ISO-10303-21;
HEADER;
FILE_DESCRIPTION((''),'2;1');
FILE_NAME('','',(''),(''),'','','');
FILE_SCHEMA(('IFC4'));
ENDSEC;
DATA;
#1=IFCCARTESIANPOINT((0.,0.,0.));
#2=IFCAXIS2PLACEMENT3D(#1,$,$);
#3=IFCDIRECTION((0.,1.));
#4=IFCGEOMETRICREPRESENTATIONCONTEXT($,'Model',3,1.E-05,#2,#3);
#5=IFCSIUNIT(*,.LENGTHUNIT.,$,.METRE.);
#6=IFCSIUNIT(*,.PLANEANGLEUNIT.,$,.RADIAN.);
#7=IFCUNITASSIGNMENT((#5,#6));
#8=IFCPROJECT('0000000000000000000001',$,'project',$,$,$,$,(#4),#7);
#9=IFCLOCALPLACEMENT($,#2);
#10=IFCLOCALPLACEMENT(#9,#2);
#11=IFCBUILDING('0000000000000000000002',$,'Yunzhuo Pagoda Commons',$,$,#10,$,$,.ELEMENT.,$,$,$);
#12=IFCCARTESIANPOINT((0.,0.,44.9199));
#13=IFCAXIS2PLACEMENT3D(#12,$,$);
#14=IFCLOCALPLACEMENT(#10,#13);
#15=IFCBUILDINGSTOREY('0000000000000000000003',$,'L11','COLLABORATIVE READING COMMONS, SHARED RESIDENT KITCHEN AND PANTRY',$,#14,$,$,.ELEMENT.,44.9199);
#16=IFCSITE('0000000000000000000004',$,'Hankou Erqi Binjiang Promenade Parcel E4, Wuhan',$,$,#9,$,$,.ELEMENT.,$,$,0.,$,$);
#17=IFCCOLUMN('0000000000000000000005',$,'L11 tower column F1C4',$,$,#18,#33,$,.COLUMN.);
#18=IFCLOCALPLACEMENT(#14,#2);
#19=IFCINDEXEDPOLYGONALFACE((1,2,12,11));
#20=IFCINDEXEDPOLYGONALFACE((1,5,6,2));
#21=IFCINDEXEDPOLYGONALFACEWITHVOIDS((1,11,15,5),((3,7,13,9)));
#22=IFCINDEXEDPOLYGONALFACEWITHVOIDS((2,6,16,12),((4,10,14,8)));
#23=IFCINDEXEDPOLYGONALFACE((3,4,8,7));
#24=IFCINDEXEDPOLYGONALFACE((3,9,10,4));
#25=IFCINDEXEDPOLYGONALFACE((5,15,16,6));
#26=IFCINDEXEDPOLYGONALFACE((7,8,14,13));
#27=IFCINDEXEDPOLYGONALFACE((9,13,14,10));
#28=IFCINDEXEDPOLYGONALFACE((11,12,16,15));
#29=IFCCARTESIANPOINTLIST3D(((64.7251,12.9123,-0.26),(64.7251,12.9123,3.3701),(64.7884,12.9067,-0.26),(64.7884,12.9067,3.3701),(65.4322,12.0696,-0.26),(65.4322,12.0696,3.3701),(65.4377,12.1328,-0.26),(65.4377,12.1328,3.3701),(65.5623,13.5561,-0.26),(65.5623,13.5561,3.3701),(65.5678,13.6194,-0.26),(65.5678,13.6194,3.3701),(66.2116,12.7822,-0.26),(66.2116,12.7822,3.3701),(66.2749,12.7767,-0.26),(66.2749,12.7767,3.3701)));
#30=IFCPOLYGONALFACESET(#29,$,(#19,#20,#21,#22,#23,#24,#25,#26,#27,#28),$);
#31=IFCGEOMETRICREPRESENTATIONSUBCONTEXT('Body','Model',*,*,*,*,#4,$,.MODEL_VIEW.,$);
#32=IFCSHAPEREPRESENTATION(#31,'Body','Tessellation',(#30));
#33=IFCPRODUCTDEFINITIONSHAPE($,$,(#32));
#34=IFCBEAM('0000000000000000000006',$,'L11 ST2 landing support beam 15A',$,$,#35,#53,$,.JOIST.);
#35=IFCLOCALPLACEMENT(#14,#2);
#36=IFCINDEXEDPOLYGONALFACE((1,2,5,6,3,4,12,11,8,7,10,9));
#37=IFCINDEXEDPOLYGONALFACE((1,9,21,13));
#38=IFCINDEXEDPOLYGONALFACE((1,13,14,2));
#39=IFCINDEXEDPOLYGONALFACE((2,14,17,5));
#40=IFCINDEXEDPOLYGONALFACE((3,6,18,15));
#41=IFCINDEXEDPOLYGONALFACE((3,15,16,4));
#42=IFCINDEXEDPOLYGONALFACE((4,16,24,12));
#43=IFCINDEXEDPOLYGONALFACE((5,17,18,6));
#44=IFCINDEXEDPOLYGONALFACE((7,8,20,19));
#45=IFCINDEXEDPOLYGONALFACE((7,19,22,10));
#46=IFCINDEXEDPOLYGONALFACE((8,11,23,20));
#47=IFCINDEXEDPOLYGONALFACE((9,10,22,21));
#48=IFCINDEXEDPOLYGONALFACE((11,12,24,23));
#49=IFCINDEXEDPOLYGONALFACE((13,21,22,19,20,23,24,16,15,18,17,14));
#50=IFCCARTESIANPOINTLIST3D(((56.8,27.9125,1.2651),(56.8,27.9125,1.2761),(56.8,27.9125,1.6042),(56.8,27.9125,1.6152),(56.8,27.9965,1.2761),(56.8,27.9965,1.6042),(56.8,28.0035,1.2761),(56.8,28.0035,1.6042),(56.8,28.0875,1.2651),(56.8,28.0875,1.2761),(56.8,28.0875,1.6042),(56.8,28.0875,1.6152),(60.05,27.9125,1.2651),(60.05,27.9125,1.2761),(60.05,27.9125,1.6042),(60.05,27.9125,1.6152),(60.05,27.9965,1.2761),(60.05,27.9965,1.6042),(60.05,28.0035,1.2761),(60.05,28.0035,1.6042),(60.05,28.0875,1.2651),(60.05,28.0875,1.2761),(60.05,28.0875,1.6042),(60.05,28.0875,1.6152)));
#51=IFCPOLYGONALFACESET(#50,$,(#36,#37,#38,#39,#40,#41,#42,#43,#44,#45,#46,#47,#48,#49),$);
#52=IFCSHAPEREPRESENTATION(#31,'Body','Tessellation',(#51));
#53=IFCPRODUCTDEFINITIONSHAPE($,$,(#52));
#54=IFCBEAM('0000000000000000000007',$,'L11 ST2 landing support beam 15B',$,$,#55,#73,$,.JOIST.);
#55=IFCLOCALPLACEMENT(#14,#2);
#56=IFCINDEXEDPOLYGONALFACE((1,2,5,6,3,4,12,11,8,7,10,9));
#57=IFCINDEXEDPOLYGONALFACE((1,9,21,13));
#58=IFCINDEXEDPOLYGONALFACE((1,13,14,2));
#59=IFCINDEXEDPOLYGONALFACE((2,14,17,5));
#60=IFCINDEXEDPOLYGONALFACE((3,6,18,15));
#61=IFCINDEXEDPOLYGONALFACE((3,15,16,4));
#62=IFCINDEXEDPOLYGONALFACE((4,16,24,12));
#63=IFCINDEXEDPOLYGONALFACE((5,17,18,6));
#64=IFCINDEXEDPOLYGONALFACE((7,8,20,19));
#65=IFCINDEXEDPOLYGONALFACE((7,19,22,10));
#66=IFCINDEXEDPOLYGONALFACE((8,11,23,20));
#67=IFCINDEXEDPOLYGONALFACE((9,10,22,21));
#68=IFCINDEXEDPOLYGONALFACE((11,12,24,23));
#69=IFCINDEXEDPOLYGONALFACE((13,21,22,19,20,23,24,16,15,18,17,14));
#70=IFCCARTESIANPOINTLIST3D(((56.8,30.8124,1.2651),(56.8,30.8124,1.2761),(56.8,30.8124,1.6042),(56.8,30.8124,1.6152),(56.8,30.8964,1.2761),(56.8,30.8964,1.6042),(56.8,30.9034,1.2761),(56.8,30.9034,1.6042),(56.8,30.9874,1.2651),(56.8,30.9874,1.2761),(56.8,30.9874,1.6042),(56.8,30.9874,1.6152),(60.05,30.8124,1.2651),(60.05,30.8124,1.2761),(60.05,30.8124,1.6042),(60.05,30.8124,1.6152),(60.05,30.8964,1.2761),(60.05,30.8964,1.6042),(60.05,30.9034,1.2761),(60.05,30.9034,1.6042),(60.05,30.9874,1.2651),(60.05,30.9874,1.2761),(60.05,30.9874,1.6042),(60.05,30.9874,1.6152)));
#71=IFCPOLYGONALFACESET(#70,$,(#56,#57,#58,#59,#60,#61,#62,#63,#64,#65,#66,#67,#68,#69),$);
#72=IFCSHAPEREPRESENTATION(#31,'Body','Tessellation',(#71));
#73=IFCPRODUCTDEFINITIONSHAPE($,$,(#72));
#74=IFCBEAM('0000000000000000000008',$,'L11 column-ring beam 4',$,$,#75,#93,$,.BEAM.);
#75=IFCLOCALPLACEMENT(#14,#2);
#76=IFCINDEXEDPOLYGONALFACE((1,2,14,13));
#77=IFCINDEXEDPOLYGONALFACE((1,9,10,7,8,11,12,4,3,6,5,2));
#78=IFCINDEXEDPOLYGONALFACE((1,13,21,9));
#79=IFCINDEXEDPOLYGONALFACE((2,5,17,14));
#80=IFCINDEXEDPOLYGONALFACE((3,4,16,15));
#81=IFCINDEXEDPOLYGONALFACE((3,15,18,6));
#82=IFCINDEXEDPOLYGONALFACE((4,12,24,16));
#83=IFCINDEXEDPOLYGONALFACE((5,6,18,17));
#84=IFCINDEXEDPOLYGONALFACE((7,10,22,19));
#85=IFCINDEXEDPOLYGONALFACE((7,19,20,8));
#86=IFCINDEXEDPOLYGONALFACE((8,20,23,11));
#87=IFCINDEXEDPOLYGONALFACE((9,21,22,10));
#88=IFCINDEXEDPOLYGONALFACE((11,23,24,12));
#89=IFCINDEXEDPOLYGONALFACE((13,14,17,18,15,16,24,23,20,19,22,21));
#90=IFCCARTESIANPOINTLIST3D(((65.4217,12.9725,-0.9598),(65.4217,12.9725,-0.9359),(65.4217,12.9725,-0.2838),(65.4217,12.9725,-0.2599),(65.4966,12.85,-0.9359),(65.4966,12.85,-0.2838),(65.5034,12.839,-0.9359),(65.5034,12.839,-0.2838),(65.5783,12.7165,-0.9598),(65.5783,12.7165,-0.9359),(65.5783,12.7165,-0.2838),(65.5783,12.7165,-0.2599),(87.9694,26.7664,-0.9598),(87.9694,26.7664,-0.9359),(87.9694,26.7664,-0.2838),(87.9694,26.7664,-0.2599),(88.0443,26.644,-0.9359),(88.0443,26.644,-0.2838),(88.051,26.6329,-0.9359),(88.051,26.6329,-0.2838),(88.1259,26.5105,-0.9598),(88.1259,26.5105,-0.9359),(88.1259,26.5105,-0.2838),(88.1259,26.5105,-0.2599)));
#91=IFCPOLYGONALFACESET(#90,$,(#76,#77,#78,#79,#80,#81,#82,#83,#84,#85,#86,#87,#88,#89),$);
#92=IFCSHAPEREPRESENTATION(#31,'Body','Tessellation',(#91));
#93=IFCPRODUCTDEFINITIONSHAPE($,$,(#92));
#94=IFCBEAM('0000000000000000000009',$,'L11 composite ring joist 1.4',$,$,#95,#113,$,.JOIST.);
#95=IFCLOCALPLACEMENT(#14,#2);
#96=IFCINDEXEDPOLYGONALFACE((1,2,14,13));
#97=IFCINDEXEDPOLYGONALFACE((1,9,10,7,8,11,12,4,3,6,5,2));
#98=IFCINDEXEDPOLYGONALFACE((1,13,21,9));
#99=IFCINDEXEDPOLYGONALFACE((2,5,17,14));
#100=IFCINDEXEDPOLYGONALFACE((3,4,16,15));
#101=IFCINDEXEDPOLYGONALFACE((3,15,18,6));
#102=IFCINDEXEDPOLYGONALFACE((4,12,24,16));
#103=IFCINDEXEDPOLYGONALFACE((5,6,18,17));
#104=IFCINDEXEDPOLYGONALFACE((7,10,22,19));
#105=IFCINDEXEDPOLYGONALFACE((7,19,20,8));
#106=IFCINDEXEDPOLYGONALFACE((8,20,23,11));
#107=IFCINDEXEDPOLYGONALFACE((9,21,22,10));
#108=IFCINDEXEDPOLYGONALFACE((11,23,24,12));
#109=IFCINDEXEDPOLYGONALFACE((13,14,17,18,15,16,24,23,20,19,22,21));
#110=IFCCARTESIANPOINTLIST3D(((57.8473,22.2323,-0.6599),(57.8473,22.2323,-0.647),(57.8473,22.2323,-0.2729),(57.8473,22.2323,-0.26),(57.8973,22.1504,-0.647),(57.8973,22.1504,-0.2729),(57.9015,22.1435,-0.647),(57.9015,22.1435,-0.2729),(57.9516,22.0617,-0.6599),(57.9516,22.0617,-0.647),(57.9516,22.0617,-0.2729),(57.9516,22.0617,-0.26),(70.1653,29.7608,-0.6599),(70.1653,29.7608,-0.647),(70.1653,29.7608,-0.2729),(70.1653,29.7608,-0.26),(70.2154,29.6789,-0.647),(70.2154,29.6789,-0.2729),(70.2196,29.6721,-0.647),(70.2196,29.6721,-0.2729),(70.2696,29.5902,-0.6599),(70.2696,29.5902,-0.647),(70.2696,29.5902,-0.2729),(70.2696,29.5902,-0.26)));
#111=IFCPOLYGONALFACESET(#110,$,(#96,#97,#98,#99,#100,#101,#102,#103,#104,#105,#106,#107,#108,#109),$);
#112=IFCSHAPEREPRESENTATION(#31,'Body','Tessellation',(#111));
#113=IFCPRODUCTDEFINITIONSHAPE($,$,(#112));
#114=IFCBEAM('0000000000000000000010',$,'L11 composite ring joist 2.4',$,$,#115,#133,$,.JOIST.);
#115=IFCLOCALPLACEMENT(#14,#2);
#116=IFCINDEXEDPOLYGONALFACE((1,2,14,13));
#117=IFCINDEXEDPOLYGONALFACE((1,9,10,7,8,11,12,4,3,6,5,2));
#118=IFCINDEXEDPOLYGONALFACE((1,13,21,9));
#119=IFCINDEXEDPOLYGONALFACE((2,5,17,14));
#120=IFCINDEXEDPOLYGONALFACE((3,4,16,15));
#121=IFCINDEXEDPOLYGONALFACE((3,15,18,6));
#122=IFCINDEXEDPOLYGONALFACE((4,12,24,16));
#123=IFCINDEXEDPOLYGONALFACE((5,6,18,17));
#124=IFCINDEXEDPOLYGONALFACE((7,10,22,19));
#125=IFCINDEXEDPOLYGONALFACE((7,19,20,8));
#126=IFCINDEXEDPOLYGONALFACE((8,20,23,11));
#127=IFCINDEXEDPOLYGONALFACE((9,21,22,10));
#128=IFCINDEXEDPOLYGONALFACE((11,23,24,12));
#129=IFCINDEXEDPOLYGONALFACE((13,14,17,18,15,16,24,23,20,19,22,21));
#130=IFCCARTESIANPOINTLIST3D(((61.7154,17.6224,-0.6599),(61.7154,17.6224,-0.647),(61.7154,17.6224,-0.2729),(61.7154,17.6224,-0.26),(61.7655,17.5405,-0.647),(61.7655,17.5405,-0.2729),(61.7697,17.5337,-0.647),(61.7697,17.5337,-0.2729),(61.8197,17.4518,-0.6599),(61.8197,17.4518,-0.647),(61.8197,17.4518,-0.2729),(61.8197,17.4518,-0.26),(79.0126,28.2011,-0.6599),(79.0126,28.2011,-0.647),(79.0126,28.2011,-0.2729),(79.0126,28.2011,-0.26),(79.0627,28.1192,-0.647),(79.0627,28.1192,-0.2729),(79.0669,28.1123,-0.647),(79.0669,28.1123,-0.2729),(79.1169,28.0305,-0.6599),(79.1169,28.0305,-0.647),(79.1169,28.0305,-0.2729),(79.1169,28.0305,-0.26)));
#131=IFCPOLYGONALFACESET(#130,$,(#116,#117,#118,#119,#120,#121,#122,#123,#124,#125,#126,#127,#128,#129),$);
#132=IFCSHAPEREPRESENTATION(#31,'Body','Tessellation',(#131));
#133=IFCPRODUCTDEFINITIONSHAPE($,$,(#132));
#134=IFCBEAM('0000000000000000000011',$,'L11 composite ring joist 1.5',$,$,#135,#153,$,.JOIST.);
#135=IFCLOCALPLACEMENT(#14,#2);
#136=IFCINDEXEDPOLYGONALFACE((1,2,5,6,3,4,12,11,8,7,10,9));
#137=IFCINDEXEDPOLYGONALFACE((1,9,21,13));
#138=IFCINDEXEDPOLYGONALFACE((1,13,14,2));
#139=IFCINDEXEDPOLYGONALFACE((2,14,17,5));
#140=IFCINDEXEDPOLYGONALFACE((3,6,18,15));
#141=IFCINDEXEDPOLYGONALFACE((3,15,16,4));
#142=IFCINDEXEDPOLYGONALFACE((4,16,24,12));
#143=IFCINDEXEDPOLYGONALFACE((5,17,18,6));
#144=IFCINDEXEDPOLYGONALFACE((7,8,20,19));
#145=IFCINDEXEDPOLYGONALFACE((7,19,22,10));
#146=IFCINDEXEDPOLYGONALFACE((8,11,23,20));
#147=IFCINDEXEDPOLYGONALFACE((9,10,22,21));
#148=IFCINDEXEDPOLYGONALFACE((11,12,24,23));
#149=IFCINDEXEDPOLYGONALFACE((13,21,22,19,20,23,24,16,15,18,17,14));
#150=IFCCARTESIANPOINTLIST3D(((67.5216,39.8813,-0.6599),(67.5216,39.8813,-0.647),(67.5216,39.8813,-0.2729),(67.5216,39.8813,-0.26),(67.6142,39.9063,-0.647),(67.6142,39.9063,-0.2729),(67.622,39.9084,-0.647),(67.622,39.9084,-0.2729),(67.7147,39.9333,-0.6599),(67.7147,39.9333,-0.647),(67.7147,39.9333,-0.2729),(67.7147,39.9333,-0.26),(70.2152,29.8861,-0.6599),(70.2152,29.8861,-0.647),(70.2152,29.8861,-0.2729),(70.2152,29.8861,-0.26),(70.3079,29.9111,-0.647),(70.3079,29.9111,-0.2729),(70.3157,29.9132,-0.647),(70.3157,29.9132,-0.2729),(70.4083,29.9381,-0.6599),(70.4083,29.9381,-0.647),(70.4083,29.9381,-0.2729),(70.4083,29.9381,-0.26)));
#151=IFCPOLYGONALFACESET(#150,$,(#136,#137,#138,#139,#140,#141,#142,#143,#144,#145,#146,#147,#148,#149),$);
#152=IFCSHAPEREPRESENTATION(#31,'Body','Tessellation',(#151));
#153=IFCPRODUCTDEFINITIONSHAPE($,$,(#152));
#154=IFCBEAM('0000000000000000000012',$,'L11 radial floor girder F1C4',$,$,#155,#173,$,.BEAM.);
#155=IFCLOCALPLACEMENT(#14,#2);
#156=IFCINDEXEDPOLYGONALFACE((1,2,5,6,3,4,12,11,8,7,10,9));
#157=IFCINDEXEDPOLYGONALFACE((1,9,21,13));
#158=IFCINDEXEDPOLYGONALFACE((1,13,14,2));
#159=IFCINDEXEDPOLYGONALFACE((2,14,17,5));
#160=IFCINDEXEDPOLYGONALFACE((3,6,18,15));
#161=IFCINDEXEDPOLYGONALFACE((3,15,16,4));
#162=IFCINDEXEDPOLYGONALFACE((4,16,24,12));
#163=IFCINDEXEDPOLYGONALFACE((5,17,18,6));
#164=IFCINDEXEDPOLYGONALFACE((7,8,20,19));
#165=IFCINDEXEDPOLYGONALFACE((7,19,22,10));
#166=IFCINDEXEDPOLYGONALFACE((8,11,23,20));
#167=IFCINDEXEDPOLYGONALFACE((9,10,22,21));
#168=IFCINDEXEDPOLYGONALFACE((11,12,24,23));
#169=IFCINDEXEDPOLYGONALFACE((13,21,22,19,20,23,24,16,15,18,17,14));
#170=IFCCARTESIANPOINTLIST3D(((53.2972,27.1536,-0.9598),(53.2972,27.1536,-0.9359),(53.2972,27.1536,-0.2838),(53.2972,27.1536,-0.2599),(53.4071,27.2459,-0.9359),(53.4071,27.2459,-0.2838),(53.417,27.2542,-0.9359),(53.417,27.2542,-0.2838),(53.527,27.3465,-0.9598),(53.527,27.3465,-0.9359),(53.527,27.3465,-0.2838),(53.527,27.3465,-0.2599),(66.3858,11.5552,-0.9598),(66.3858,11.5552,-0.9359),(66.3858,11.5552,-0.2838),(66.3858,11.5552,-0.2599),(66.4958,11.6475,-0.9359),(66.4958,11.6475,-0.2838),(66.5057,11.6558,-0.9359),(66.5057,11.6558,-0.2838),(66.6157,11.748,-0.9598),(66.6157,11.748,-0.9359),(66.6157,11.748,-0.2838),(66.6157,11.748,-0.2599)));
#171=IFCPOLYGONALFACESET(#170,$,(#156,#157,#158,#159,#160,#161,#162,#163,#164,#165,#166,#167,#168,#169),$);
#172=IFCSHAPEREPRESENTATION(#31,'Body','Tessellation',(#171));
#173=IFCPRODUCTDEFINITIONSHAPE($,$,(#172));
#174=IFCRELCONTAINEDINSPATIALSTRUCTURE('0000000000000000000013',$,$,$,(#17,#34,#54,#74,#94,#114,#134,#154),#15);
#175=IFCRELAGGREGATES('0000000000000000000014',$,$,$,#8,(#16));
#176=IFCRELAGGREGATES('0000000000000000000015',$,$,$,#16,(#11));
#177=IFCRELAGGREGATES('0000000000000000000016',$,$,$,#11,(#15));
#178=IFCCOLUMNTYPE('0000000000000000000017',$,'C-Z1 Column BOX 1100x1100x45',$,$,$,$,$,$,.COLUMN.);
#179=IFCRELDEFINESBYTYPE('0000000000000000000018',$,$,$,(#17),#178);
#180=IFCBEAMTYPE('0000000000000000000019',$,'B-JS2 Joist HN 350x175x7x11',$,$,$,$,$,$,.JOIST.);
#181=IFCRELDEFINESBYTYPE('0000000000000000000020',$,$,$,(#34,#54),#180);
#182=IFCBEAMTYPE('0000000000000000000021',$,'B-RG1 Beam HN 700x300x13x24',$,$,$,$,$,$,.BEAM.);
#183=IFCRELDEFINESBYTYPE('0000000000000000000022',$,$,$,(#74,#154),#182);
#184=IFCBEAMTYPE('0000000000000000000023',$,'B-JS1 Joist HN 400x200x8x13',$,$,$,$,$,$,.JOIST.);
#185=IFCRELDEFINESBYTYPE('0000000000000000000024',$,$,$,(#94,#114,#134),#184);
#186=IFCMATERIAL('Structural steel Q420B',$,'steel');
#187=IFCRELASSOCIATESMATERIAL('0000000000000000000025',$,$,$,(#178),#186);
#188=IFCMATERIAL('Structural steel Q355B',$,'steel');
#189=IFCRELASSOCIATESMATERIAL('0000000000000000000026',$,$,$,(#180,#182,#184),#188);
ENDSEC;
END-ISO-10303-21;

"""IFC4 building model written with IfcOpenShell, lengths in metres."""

from ifc_helpers import new_model, si_unit, direction, frame, origin, origin_2d, place, context, subcontext, project, spatial, hollow_rectangle, i_section, extrude, source, transform, mapped, material, material_profile, profile_set, type_object, element, save


model = new_model("IFC4")

# Units and contexts
model_context = context("Model", 3, precision=1e-05, world=origin(), true_north=direction((0.0, 1.0)))
body_context = subcontext(model_context, "Body", "Model", "MODEL_VIEW")
ifc_project = project(units=[si_unit("LENGTHUNIT", "METRE"), si_unit("PLANEANGLEUNIT", "RADIAN")], contexts=[model_context])

# Site, building, storey
site_placement = place(None, origin())
site = spatial("IfcSite", under=ifc_project, at=site_placement, Name="Hankou Erqi Binjiang Promenade Parcel E4, Wuhan", CompositionType="ELEMENT", RefElevation=0.0)
building_placement = place(site_placement, origin())
building = spatial("IfcBuilding", under=site, at=building_placement, Name="Yunzhuo Pagoda Commons", CompositionType="ELEMENT")
storey_placement = place(building_placement, frame((0.0, 0.0, 44.9199)))
storey = spatial("IfcBuildingStorey", under=building, at=storey_placement, Name="L11", Description="COLLABORATIVE READING COMMONS, SHARED RESIDENT KITCHEN AND PANTRY", CompositionType="ELEMENT", Elevation=44.9199)

# Column
ifc_material_1 = material(Name="Structural steel Q420B", Category="steel")
ifc_material_profile_1 = material_profile(ifc_material_1, hollow_rectangle(XDim=1.1001, YDim=1.1001, WallThickness=0.0449, at=origin_2d()), Name="Structural steel Q420B")
ifc_profile_set_1 = profile_set([ifc_material_profile_1], Name="Structural steel Q420B")
column_type = type_object("IfcColumnType", Name="C-Z1 Column BOX 1100x1100x45", PredefinedType="COLUMN", material=ifc_profile_set_1)
shared_shape_1 = source(origin(), body_context, "Body", "SweptSolid", [
    extrude(hollow_rectangle(XDim=1.1001, YDim=1.1001, WallThickness=0.0449, at=origin_2d()), origin(), (0.0, 0.0, 1.0), 3.6301),
])
column_placement = place(storey_placement, frame((65.5, 12.8445, -0.26), z_axis=(0.0, 0.0, 1.0), x_axis=(0.766044, 0.642788, 0.0)))
element("IfcColumn", 1, at=column_placement, inside=storey, type_object=column_type, Name="L11 tower column F1C4", PredefinedType="COLUMN", context=body_context, shape_type="MappedRepresentation", body=[
    mapped(shared_shape_1, transform((0.0, 0.0, 0.0), scale=1.0)),
])

# Beams
ifc_material_2 = material(Name="Structural steel Q355B", Category="steel")
ifc_material_profile_2 = material_profile(ifc_material_2, i_section(OverallWidth=0.175, OverallDepth=0.3501, WebThickness=0.0071, FlangeThickness=0.011, at=origin_2d()), Name="Structural steel Q355B")
ifc_profile_set_2 = profile_set([ifc_material_profile_2], Name="Structural steel Q355B")
beam_type_1 = type_object("IfcBeamType", Name="B-JS2 Joist HN 350x175x7x11", PredefinedType="JOIST", material=ifc_profile_set_2)
shared_shape_2 = source(origin(), body_context, "Body", "SweptSolid", [
    extrude(i_section(OverallWidth=0.175, OverallDepth=0.3501, WebThickness=0.0071, FlangeThickness=0.011, at=origin_2d()), origin(), (0.0, 0.0, 1.0), 3.25),
])
for number, where, z_axis, x_axis, name in (
    (2, (56.8, 28.0, 1.4402), (1.0, 0.0, 0.0), (0.0, 1.0, 0.0), "L11 ST2 landing support beam 15A"),
    (3, (56.8, 30.8999, 1.4402), (1.0, 0.0, 0.0), (0.0, 1.0, 0.0), "L11 ST2 landing support beam 15B"),
):
    element("IfcBeam", number, at=place(storey_placement, frame(where, z_axis=z_axis, x_axis=x_axis)), inside=storey, type_object=beam_type_1, Name=name, PredefinedType="JOIST", context=body_context, shape_type="MappedRepresentation", body=[
        mapped(shared_shape_2, transform((0.0, 0.0, 0.0), scale=1.0)),
    ])
ifc_material_profile_3 = material_profile(ifc_material_2, i_section(OverallWidth=0.3, OverallDepth=0.7, WebThickness=0.0129, FlangeThickness=0.0239, at=origin_2d()), Name="Structural steel Q355B")
ifc_profile_set_3 = profile_set([ifc_material_profile_3], Name="Structural steel Q355B")
beam_type_2 = type_object("IfcBeamType", Name="B-RG1 Beam HN 700x300x13x24", PredefinedType="BEAM", material=ifc_profile_set_3)
shared_shape_3 = source(origin(), body_context, "Body", "SweptSolid", [
    extrude(i_section(OverallWidth=0.3, OverallDepth=0.7, WebThickness=0.0129, FlangeThickness=0.0239, at=origin_2d()), origin(), (0.0, 0.0, 1.0), 26.4324),
])
beam_1_placement = place(storey_placement, frame((65.5, 12.8445, -0.6099), z_axis=(0.853032, 0.521859, 0.0), x_axis=(-0.521859, 0.853032, 0.0)))
element("IfcBeam", 4, at=beam_1_placement, inside=storey, type_object=beam_type_2, Name="L11 column-ring beam 4", PredefinedType="BEAM", context=body_context, shape_type="MappedRepresentation", body=[
    mapped(shared_shape_3, transform((0.0, 0.0, 0.0), scale=1.0)),
])
ifc_material_profile_4 = material_profile(ifc_material_2, i_section(OverallWidth=0.2, OverallDepth=0.3999, WebThickness=0.0081, FlangeThickness=0.0129, at=origin_2d()), Name="Structural steel Q355B")
ifc_profile_set_4 = profile_set([ifc_material_profile_4], Name="Structural steel Q355B")
beam_type_3 = type_object("IfcBeamType", Name="B-JS1 Joist HN 400x200x8x13", PredefinedType="JOIST", material=ifc_profile_set_4)
shared_shape_4 = source(origin(), body_context, "Body", "SweptSolid", [
    extrude(i_section(OverallWidth=0.2, OverallDepth=0.3999, WebThickness=0.0081, FlangeThickness=0.0129, at=origin_2d()), origin(), (0.0, 0.0, 1.0), 14.4365),
])
beam_2_placement = place(storey_placement, frame((57.8994, 22.147, -0.46), z_axis=(0.853256, 0.521492, 0.0), x_axis=(-0.521492, 0.853256, 0.0)))
element("IfcBeam", 5, at=beam_2_placement, inside=storey, type_object=beam_type_3, Name="L11 composite ring joist 1.4", PredefinedType="JOIST", context=body_context, shape_type="MappedRepresentation", body=[
    mapped(shared_shape_4, transform((0.0, 0.0, 0.0), scale=1.0)),
])
shared_shape_5 = source(origin(), body_context, "Body", "SweptSolid", [
    extrude(i_section(OverallWidth=0.2, OverallDepth=0.3999, WebThickness=0.0081, FlangeThickness=0.0129, at=origin_2d()), origin(), (0.0, 0.0, 1.0), 20.2756),
])
beam_3_placement = place(storey_placement, frame((61.7676, 17.5371, -0.46), z_axis=(0.853103, 0.521743, 0.0), x_axis=(-0.521743, 0.853103, 0.0)))
element("IfcBeam", 6, at=beam_3_placement, inside=storey, type_object=beam_type_3, Name="L11 composite ring joist 2.4", PredefinedType="JOIST", context=body_context, shape_type="MappedRepresentation", body=[
    mapped(shared_shape_5, transform((0.0, 0.0, 0.0), scale=1.0)),
])
shared_shape_6 = source(origin(), body_context, "Body", "SweptSolid", [
    extrude(i_section(OverallWidth=0.2, OverallDepth=0.3999, WebThickness=0.0081, FlangeThickness=0.0129, at=origin_2d()), origin(), (0.0, 0.0, 1.0), 10.3518),
])
beam_4_placement = place(storey_placement, frame((70.3118, 29.9121, -0.46), z_axis=(-0.260209, 0.965552, 0.0), x_axis=(-0.965552, -0.260209, 0.0)))
element("IfcBeam", 7, at=beam_4_placement, inside=storey, type_object=beam_type_3, Name="L11 composite ring joist 1.5", PredefinedType="JOIST", context=body_context, shape_type="MappedRepresentation", body=[
    mapped(shared_shape_6, transform((0.0, 0.0, 0.0), scale=1.0)),
])
shared_shape_7 = source(origin(), body_context, "Body", "SweptSolid", [
    extrude(i_section(OverallWidth=0.3, OverallDepth=0.7, WebThickness=0.0129, FlangeThickness=0.0239, at=origin_2d()), origin(), (0.0, 0.0, 1.0), 20.3623),
])
beam_5_placement = place(storey_placement, frame((66.5007, 11.6516, -0.6099), z_axis=(-0.642788, 0.766044, 0.0), x_axis=(-0.766044, -0.642788, 0.0)))
element("IfcBeam", 8, at=beam_5_placement, inside=storey, type_object=beam_type_2, Name="L11 radial floor girder F1C4", PredefinedType="BEAM", context=body_context, shape_type="MappedRepresentation", body=[
    mapped(shared_shape_7, transform((0.0, 0.0, 0.0), scale=1.0)),
])

save(model, "model.ifc")
